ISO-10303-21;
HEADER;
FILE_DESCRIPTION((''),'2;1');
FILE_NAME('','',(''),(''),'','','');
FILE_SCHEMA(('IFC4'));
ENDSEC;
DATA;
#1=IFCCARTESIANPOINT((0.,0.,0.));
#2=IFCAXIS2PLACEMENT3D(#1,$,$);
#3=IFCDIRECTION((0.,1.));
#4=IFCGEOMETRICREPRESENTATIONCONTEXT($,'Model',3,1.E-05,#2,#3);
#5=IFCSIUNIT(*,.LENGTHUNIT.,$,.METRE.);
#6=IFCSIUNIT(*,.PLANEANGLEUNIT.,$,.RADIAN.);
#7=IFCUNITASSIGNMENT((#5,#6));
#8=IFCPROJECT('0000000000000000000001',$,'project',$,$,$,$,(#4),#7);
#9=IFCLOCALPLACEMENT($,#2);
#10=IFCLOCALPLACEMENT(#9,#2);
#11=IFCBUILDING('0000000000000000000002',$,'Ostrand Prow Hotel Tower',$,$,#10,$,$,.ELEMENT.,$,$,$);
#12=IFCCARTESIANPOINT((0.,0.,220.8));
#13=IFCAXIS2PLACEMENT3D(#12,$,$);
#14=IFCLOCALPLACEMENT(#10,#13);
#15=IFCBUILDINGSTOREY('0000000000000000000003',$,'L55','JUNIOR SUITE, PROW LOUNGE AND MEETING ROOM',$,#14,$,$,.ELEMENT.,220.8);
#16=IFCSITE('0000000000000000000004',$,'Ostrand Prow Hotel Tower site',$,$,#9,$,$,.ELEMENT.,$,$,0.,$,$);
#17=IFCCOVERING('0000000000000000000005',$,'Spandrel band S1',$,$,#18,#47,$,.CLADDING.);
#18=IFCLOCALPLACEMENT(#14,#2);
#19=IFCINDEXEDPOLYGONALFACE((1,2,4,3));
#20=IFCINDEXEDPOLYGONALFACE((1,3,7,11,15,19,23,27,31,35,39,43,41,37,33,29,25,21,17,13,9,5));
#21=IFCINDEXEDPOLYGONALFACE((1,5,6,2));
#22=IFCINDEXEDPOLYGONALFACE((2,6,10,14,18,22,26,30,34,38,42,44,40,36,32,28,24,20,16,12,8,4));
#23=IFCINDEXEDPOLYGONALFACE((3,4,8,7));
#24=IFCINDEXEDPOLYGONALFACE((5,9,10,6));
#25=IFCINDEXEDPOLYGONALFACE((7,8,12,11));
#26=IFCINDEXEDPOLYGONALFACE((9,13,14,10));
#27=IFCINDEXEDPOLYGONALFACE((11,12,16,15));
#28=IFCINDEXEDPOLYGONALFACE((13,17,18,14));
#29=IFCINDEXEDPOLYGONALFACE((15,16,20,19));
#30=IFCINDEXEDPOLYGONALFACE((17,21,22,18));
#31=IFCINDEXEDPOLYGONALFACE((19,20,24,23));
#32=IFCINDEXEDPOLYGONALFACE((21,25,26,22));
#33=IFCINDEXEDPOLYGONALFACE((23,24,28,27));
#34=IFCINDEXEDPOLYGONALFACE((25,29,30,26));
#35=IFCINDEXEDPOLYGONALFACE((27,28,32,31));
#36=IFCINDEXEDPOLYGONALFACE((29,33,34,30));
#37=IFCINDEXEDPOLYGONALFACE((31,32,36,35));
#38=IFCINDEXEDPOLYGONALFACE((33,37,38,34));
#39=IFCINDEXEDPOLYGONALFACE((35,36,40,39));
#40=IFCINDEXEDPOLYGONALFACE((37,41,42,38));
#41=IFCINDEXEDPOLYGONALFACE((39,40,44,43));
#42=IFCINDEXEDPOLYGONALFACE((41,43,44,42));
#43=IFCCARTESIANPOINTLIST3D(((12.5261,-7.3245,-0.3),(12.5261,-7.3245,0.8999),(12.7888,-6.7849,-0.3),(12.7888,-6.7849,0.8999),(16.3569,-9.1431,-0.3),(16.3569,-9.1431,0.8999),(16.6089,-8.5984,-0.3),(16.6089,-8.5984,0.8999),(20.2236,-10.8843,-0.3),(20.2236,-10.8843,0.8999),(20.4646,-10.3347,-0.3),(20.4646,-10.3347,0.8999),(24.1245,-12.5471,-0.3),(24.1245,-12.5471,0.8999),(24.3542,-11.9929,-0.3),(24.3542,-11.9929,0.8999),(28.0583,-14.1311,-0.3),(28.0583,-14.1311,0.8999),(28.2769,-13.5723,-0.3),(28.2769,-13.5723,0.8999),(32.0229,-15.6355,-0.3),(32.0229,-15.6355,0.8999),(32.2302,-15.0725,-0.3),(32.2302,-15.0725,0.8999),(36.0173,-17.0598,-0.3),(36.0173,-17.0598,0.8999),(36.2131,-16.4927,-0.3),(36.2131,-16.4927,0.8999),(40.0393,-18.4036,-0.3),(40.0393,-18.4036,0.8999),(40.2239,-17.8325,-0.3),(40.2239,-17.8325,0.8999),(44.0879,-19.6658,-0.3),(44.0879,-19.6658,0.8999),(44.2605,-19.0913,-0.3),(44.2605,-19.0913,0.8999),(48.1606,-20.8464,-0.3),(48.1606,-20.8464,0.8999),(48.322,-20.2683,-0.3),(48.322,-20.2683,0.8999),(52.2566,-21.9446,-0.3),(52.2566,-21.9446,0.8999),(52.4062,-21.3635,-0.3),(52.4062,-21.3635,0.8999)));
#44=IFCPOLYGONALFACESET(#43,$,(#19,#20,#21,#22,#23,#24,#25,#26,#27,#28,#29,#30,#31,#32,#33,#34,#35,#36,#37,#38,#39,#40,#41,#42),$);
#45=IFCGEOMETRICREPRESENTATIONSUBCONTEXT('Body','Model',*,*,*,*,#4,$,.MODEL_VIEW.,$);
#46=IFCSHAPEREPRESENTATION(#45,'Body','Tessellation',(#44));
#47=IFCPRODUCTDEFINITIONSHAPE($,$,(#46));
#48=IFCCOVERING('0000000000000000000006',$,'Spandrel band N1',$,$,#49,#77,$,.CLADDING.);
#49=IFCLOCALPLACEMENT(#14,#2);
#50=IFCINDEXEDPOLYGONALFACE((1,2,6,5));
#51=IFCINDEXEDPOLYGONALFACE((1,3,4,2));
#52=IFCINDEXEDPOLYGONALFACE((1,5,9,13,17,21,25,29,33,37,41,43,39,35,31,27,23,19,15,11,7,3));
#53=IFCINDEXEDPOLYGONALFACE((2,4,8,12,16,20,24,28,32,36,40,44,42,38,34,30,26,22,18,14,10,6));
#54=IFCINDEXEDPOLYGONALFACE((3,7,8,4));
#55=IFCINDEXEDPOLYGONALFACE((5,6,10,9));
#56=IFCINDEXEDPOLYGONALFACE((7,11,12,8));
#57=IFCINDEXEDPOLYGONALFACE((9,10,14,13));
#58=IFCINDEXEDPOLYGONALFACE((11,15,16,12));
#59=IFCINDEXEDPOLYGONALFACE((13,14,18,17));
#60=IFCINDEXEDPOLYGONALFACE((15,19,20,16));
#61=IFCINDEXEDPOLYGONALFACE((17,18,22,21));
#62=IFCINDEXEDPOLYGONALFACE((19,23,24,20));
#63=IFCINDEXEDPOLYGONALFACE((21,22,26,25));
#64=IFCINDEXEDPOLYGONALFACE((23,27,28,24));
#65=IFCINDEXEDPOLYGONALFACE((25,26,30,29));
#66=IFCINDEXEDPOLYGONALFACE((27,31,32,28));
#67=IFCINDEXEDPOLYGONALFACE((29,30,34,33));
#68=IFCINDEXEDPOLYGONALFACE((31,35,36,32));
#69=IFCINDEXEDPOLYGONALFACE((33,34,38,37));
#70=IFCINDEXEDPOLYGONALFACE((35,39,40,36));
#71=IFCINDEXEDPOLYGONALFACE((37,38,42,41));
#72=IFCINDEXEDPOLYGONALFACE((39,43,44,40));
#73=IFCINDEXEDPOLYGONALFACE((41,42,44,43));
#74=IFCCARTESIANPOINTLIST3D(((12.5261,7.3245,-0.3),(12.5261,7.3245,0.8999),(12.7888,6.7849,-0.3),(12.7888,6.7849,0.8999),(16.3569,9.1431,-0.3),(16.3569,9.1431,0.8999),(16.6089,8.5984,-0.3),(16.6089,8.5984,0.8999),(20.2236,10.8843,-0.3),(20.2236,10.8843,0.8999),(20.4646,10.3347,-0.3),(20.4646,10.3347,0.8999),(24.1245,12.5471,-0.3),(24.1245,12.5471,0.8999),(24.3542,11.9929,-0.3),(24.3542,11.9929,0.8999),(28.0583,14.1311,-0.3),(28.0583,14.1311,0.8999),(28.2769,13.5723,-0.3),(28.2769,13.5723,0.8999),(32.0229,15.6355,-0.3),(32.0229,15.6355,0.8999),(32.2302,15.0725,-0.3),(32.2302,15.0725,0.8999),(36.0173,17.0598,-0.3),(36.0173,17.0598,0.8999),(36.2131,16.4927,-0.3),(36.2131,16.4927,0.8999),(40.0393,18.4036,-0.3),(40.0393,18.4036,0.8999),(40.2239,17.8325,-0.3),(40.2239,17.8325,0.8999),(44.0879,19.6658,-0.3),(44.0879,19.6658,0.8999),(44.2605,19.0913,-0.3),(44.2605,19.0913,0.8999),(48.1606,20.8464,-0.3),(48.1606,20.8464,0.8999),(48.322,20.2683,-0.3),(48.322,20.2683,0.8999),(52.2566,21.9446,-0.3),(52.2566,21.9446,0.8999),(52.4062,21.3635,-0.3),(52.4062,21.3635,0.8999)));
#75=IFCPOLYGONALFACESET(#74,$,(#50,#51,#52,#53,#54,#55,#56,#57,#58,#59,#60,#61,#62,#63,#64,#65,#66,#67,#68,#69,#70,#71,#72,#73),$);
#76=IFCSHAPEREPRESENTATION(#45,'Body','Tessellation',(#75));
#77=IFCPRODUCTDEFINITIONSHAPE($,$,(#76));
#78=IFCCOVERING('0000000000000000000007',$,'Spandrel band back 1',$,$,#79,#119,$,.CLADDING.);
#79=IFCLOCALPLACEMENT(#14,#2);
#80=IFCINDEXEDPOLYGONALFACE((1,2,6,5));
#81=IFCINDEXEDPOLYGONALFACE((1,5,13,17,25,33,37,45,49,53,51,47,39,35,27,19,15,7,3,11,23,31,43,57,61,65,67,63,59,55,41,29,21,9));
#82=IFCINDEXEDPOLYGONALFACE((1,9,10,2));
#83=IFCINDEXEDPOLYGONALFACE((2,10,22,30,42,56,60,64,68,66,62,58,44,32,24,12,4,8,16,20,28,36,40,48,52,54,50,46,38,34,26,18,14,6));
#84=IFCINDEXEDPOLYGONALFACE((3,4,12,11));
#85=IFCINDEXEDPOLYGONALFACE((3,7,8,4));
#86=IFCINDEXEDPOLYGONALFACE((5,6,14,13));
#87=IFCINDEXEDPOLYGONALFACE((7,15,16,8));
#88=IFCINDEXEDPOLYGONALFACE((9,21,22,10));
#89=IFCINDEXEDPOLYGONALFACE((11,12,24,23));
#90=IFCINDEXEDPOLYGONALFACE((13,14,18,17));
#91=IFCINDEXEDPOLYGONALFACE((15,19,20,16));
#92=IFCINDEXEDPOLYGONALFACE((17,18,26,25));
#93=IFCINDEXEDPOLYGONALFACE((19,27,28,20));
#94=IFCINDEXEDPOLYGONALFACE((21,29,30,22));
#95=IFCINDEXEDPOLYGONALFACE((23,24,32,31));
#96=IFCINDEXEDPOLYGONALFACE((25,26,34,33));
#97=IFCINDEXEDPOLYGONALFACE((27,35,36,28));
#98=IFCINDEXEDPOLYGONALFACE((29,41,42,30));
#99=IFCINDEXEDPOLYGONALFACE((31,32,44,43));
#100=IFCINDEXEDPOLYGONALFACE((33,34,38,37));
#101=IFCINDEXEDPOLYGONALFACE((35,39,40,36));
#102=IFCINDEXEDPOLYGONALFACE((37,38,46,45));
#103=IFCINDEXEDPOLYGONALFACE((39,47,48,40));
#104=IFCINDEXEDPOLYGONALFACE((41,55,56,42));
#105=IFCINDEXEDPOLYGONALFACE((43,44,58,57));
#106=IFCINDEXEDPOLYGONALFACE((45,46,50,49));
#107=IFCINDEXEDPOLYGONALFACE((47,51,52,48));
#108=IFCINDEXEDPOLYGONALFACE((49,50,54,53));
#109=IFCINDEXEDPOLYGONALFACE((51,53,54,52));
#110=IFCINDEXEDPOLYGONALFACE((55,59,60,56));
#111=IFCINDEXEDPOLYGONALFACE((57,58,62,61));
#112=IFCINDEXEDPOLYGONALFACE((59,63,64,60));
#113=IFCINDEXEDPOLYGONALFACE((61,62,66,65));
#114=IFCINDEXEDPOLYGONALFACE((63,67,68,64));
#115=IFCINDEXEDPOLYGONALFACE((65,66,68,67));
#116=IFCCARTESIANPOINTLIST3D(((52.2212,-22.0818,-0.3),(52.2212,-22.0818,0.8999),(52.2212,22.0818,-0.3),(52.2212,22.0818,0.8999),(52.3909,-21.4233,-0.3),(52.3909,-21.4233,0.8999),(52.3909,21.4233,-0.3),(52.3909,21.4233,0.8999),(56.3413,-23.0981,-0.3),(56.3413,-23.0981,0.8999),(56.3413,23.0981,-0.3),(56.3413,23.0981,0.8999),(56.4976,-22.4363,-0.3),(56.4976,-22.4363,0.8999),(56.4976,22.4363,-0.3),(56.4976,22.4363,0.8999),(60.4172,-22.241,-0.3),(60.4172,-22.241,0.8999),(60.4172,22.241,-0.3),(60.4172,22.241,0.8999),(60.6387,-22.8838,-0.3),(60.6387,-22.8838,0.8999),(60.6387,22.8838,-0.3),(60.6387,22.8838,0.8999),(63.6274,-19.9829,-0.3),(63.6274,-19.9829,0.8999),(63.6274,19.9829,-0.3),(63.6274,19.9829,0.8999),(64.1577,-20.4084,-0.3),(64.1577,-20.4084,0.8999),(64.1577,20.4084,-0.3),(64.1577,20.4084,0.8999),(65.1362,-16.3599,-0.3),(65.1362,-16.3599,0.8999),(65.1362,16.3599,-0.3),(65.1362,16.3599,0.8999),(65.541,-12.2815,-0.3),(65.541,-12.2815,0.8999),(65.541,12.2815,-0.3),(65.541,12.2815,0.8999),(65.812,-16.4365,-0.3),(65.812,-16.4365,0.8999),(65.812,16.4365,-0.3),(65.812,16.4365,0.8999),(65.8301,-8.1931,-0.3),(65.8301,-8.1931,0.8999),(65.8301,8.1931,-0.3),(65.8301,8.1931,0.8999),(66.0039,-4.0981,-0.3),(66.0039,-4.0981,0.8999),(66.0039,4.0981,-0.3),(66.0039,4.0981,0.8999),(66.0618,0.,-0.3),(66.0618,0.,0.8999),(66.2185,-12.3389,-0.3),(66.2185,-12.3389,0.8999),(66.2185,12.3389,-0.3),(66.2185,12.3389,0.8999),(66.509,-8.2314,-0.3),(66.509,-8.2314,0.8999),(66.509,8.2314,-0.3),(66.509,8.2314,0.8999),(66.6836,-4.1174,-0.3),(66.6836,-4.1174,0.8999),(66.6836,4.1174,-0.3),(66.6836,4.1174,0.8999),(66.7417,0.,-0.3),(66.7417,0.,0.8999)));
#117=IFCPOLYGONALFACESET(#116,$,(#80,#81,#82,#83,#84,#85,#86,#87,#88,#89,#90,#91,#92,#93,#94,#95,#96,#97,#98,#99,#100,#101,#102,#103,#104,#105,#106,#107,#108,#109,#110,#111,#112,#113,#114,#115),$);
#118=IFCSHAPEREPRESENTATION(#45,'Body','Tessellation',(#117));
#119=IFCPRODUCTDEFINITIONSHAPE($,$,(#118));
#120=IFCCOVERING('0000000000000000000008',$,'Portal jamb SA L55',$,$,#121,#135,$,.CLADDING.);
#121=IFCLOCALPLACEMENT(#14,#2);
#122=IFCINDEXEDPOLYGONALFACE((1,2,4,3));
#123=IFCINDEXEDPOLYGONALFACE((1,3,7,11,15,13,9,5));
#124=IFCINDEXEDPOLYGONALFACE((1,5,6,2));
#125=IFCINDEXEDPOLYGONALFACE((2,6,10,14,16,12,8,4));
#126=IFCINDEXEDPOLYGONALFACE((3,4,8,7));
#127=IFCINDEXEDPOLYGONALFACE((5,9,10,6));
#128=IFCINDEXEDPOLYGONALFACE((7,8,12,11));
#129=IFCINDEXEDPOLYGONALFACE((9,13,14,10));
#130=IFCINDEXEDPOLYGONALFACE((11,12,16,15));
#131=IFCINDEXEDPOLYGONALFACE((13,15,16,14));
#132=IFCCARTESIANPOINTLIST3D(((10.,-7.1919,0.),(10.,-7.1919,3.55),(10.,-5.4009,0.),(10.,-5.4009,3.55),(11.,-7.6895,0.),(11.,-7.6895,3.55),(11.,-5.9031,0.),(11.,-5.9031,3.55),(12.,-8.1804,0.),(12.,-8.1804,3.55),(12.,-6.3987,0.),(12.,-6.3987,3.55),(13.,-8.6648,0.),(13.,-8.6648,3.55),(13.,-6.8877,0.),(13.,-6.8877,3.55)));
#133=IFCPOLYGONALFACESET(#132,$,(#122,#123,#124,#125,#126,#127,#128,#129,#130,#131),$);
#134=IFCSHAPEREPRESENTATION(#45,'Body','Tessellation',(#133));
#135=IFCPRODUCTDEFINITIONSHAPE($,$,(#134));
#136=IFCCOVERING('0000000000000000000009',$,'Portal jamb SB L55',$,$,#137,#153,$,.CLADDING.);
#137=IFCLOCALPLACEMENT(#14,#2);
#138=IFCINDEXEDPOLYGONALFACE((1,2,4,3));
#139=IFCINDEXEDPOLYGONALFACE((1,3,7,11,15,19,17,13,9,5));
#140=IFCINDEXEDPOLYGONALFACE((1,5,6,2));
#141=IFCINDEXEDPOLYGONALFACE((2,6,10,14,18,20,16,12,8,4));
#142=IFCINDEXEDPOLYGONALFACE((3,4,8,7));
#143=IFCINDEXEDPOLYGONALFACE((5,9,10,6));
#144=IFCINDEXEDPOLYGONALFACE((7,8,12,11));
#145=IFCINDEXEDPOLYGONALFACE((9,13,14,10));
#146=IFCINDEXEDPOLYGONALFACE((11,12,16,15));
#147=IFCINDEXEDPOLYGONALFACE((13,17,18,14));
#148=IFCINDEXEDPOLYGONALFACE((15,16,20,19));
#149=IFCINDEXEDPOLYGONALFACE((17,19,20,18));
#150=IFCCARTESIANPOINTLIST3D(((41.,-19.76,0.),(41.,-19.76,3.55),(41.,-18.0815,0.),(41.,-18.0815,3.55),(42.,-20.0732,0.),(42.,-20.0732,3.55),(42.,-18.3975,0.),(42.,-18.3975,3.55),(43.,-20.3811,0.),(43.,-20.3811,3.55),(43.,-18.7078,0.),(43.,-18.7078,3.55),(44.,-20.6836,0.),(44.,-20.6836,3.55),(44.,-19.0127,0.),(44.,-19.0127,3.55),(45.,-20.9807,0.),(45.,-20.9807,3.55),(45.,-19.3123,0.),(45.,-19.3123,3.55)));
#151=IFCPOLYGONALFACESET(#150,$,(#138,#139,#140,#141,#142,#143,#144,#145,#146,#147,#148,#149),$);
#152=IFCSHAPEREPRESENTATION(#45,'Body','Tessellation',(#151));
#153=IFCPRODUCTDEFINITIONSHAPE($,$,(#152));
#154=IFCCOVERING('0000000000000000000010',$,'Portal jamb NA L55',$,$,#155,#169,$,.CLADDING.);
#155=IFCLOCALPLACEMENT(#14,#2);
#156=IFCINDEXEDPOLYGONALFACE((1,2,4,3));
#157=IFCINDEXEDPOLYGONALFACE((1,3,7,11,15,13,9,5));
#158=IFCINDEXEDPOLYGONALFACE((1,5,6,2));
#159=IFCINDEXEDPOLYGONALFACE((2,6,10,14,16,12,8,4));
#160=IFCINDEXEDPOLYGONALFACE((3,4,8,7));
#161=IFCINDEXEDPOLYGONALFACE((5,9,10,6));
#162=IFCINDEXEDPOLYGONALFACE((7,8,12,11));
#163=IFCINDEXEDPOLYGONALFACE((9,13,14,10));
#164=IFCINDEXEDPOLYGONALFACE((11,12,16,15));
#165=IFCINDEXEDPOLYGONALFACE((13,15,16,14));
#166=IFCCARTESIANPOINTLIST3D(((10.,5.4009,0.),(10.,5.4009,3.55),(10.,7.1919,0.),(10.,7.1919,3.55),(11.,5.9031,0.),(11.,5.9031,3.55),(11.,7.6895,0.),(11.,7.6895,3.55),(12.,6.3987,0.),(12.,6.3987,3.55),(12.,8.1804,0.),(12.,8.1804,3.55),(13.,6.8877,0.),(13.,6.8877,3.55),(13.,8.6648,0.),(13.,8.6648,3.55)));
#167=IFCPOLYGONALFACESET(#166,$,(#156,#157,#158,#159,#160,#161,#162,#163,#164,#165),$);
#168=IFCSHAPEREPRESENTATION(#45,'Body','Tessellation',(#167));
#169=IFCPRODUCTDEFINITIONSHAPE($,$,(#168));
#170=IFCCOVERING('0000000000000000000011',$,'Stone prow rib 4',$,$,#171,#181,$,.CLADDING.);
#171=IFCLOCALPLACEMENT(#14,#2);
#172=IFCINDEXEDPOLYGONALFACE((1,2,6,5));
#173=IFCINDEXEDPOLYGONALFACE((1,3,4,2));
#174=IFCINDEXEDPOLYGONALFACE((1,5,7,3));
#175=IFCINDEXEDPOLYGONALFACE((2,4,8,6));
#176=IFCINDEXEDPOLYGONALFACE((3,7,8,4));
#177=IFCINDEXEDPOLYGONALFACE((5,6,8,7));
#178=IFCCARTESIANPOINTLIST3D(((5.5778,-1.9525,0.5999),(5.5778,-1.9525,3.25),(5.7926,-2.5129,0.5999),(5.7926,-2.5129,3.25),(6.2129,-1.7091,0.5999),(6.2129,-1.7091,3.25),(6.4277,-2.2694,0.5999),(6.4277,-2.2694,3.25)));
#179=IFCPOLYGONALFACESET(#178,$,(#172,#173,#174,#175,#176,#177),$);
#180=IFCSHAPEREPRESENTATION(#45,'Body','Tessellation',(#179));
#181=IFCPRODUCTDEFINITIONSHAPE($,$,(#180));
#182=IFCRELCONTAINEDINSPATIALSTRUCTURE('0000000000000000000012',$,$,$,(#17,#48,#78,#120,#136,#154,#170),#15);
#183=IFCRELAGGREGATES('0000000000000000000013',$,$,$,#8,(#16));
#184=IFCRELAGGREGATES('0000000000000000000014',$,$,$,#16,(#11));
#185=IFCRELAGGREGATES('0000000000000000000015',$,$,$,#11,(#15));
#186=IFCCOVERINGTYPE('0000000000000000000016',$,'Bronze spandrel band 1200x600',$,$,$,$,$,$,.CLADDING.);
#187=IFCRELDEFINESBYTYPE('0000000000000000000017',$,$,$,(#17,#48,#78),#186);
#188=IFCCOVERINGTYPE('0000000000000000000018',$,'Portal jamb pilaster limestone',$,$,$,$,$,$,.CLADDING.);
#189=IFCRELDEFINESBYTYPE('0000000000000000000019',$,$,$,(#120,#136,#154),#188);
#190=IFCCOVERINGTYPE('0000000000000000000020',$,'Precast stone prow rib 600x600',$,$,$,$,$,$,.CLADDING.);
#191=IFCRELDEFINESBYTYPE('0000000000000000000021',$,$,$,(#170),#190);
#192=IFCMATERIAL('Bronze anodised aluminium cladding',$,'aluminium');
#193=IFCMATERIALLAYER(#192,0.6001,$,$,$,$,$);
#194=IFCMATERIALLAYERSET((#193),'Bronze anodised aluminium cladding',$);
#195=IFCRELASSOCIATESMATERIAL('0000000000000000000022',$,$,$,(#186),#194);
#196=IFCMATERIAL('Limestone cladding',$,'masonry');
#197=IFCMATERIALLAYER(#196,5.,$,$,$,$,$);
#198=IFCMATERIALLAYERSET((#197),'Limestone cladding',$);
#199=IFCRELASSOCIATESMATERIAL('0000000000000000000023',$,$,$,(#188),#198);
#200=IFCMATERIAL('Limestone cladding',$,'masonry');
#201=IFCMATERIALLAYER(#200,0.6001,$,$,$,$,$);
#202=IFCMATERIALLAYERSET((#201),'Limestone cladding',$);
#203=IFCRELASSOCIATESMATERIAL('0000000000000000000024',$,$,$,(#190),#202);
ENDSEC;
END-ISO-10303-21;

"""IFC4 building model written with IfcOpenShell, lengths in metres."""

from ifc_helpers import new_model, si_unit, direction, frame, frame_2d, origin, place, context, subcontext, project, spatial, polyline, rectangle, outline, extrude, material, layer, layer_set, type_object, element, save


model = new_model("IFC4")

# Units and contexts
model_context = context("Model", 3, precision=1e-05, world=origin(), true_north=direction((0.0, 1.0)))
body_context = subcontext(model_context, "Body", "Model", "MODEL_VIEW")
ifc_project = project(units=[si_unit("LENGTHUNIT", "METRE"), si_unit("PLANEANGLEUNIT", "RADIAN")], contexts=[model_context])

# Site, building, storey
site_placement = place(None, origin())
site = spatial("IfcSite", under=ifc_project, at=site_placement, Name="Ostrand Prow Hotel Tower site", CompositionType="ELEMENT", RefElevation=0.0)
building_placement = place(site_placement, origin())
building = spatial("IfcBuilding", under=site, at=building_placement, Name="Ostrand Prow Hotel Tower", CompositionType="ELEMENT")
storey_placement = place(building_placement, frame((0.0, 0.0, 220.8)))
storey = spatial("IfcBuildingStorey", under=building, at=storey_placement, Name="L55", Description="JUNIOR SUITE, PROW LOUNGE AND MEETING ROOM", CompositionType="ELEMENT", Elevation=220.8)

# Coverings
ifc_material_1 = material(Name="Bronze anodised aluminium cladding", Category="aluminium")
ifc_layer_1 = layer(ifc_material_1, 0.6001)
ifc_layer_set_1 = layer_set([ifc_layer_1], Name="Bronze anodised aluminium cladding")
covering_type_1 = type_object("IfcCoveringType", Name="Bronze spandrel band 1200x600", PredefinedType="CLADDING", material=ifc_layer_set_1)
covering_1_placement = place(storey_placement, frame((0.0, 0.0, -0.3)))
element("IfcCovering", 1, at=covering_1_placement, inside=storey, type_object=covering_type_1, Name="Spandrel band S1", PredefinedType="CLADDING", context=body_context, shape_type="SweptSolid", body=[
    extrude(outline(polyline([(12.5261, -7.3245), (16.3569, -9.1431), (20.2236, -10.8843), (24.1245, -12.5471), (28.0583, -14.1311), (32.0229, -15.6355), (36.0173, -17.0598), (40.0393, -18.4036), (44.0879, -19.6658), (48.1606, -20.8464), (52.2566, -21.9446), (52.4062, -21.3635), (48.322, -20.2683), (44.2605, -19.0913), (40.2239, -17.8325), (36.2131, -16.4927), (32.2302, -15.0725), (28.2769, -13.5723), (24.3542, -11.9929), (20.4646, -10.3347), (16.6089, -8.5984), (12.7888, -6.7849), (12.5261, -7.3245)])), origin(), (0.0, 0.0, 1.0), 1.2),
])
covering_2_placement = place(storey_placement, frame((0.0, 0.0, -0.3)))
element("IfcCovering", 2, at=covering_2_placement, inside=storey, type_object=covering_type_1, Name="Spandrel band N1", PredefinedType="CLADDING", context=body_context, shape_type="SweptSolid", body=[
    extrude(outline(polyline([(52.2566, 21.9446), (48.1606, 20.8464), (44.0879, 19.6658), (40.0393, 18.4036), (36.0173, 17.0598), (32.0229, 15.6355), (28.0583, 14.1311), (24.1245, 12.5471), (20.2236, 10.8843), (16.3569, 9.1431), (12.5261, 7.3245), (12.7888, 6.7849), (16.6089, 8.5984), (20.4646, 10.3347), (24.3542, 11.9929), (28.2769, 13.5723), (32.2302, 15.0725), (36.2131, 16.4927), (40.2239, 17.8325), (44.2605, 19.0913), (48.322, 20.2683), (52.4062, 21.3635), (52.2566, 21.9446)])), origin(), (0.0, 0.0, 1.0), 1.2),
])
covering_3_placement = place(storey_placement, frame((0.0, 0.0, -0.3)))
element("IfcCovering", 3, at=covering_3_placement, inside=storey, type_object=covering_type_1, Name="Spandrel band back 1", PredefinedType="CLADDING", context=body_context, shape_type="SweptSolid", body=[
    extrude(outline(polyline([(52.2212, -22.0818), (56.3413, -23.0981), (60.6387, -22.8838), (64.1577, -20.4084), (65.812, -16.4365), (66.2185, -12.3389), (66.509, -8.2314), (66.6836, -4.1174), (66.7417, 0.0), (66.6836, 4.1174), (66.509, 8.2314), (66.2185, 12.3389), (65.812, 16.4365), (64.1577, 20.4084), (60.6387, 22.8838), (56.3413, 23.0981), (52.2212, 22.0818), (52.3909, 21.4233), (56.4976, 22.4363), (60.4172, 22.241), (63.6274, 19.9829), (65.1362, 16.3599), (65.541, 12.2815), (65.8301, 8.1931), (66.0039, 4.0981), (66.0618, 0.0), (66.0039, -4.0981), (65.8301, -8.1931), (65.541, -12.2815), (65.1362, -16.3599), (63.6274, -19.9829), (60.4172, -22.241), (56.4976, -22.4363), (52.3909, -21.4233), (52.2212, -22.0818)])), origin(), (0.0, 0.0, 1.0), 1.2),
])
ifc_material_2 = material(Name="Limestone cladding", Category="masonry")
ifc_layer_2 = layer(ifc_material_2, 5.0)
ifc_layer_set_2 = layer_set([ifc_layer_2], Name="Limestone cladding")
covering_type_2 = type_object("IfcCoveringType", Name="Portal jamb pilaster limestone", PredefinedType="CLADDING", material=ifc_layer_set_2)
covering_4_placement = place(storey_placement, origin())
element("IfcCovering", 4, at=covering_4_placement, inside=storey, type_object=covering_type_2, Name="Portal jamb SA L55", PredefinedType="CLADDING", context=body_context, shape_type="SweptSolid", body=[
    extrude(outline(polyline([(10.0, -5.4009), (10.0, -7.1919), (11.0, -7.6895), (12.0, -8.1804), (13.0, -8.6648), (13.0, -6.8877), (12.0, -6.3987), (11.0, -5.9031), (10.0, -5.4009)])), origin(), (0.0, 0.0, 1.0), 3.55),
])
covering_5_placement = place(storey_placement, origin())
element("IfcCovering", 5, at=covering_5_placement, inside=storey, type_object=covering_type_2, Name="Portal jamb SB L55", PredefinedType="CLADDING", context=body_context, shape_type="SweptSolid", body=[
    extrude(outline(polyline([(41.0, -18.0815), (41.0, -19.76), (42.0, -20.0732), (43.0, -20.3811), (44.0, -20.6836), (45.0, -20.9807), (45.0, -19.3123), (44.0, -19.0127), (43.0, -18.7078), (42.0, -18.3975), (41.0, -18.0815)])), origin(), (0.0, 0.0, 1.0), 3.55),
])
covering_6_placement = place(storey_placement, origin())
element("IfcCovering", 6, at=covering_6_placement, inside=storey, type_object=covering_type_2, Name="Portal jamb NA L55", PredefinedType="CLADDING", context=body_context, shape_type="SweptSolid", body=[
    extrude(outline(polyline([(10.0, 5.4009), (11.0, 5.9031), (12.0, 6.3987), (13.0, 6.8877), (13.0, 8.6648), (12.0, 8.1804), (11.0, 7.6895), (10.0, 7.1919), (10.0, 5.4009)])), origin(), (0.0, 0.0, 1.0), 3.55),
])
ifc_material_3 = material(Name="Limestone cladding", Category="masonry")
ifc_layer_3 = layer(ifc_material_3, 0.6001)
ifc_layer_set_3 = layer_set([ifc_layer_3], Name="Limestone cladding")
covering_type_3 = type_object("IfcCoveringType", Name="Precast stone prow rib 600x600", PredefinedType="CLADDING", material=ifc_layer_set_3)
covering_7_placement = place(storey_placement, frame((6.3203, -1.9893, 0.5999), z_axis=(0.0, 0.0, 1.0), x_axis=(-0.933752, -0.35792, 0.0)))
element("IfcCovering", 7, at=covering_7_placement, inside=storey, type_object=covering_type_3, Name="Stone prow rib 4", PredefinedType="CLADDING", context=body_context, shape_type="SweptSolid", body=[
    extrude(rectangle(XDim=0.6802, YDim=0.6001, at=frame_2d((0.3401, 0.0))), origin(), (0.0, 0.0, 1.0), 2.6501),
])

save(model, "model.ifc")
